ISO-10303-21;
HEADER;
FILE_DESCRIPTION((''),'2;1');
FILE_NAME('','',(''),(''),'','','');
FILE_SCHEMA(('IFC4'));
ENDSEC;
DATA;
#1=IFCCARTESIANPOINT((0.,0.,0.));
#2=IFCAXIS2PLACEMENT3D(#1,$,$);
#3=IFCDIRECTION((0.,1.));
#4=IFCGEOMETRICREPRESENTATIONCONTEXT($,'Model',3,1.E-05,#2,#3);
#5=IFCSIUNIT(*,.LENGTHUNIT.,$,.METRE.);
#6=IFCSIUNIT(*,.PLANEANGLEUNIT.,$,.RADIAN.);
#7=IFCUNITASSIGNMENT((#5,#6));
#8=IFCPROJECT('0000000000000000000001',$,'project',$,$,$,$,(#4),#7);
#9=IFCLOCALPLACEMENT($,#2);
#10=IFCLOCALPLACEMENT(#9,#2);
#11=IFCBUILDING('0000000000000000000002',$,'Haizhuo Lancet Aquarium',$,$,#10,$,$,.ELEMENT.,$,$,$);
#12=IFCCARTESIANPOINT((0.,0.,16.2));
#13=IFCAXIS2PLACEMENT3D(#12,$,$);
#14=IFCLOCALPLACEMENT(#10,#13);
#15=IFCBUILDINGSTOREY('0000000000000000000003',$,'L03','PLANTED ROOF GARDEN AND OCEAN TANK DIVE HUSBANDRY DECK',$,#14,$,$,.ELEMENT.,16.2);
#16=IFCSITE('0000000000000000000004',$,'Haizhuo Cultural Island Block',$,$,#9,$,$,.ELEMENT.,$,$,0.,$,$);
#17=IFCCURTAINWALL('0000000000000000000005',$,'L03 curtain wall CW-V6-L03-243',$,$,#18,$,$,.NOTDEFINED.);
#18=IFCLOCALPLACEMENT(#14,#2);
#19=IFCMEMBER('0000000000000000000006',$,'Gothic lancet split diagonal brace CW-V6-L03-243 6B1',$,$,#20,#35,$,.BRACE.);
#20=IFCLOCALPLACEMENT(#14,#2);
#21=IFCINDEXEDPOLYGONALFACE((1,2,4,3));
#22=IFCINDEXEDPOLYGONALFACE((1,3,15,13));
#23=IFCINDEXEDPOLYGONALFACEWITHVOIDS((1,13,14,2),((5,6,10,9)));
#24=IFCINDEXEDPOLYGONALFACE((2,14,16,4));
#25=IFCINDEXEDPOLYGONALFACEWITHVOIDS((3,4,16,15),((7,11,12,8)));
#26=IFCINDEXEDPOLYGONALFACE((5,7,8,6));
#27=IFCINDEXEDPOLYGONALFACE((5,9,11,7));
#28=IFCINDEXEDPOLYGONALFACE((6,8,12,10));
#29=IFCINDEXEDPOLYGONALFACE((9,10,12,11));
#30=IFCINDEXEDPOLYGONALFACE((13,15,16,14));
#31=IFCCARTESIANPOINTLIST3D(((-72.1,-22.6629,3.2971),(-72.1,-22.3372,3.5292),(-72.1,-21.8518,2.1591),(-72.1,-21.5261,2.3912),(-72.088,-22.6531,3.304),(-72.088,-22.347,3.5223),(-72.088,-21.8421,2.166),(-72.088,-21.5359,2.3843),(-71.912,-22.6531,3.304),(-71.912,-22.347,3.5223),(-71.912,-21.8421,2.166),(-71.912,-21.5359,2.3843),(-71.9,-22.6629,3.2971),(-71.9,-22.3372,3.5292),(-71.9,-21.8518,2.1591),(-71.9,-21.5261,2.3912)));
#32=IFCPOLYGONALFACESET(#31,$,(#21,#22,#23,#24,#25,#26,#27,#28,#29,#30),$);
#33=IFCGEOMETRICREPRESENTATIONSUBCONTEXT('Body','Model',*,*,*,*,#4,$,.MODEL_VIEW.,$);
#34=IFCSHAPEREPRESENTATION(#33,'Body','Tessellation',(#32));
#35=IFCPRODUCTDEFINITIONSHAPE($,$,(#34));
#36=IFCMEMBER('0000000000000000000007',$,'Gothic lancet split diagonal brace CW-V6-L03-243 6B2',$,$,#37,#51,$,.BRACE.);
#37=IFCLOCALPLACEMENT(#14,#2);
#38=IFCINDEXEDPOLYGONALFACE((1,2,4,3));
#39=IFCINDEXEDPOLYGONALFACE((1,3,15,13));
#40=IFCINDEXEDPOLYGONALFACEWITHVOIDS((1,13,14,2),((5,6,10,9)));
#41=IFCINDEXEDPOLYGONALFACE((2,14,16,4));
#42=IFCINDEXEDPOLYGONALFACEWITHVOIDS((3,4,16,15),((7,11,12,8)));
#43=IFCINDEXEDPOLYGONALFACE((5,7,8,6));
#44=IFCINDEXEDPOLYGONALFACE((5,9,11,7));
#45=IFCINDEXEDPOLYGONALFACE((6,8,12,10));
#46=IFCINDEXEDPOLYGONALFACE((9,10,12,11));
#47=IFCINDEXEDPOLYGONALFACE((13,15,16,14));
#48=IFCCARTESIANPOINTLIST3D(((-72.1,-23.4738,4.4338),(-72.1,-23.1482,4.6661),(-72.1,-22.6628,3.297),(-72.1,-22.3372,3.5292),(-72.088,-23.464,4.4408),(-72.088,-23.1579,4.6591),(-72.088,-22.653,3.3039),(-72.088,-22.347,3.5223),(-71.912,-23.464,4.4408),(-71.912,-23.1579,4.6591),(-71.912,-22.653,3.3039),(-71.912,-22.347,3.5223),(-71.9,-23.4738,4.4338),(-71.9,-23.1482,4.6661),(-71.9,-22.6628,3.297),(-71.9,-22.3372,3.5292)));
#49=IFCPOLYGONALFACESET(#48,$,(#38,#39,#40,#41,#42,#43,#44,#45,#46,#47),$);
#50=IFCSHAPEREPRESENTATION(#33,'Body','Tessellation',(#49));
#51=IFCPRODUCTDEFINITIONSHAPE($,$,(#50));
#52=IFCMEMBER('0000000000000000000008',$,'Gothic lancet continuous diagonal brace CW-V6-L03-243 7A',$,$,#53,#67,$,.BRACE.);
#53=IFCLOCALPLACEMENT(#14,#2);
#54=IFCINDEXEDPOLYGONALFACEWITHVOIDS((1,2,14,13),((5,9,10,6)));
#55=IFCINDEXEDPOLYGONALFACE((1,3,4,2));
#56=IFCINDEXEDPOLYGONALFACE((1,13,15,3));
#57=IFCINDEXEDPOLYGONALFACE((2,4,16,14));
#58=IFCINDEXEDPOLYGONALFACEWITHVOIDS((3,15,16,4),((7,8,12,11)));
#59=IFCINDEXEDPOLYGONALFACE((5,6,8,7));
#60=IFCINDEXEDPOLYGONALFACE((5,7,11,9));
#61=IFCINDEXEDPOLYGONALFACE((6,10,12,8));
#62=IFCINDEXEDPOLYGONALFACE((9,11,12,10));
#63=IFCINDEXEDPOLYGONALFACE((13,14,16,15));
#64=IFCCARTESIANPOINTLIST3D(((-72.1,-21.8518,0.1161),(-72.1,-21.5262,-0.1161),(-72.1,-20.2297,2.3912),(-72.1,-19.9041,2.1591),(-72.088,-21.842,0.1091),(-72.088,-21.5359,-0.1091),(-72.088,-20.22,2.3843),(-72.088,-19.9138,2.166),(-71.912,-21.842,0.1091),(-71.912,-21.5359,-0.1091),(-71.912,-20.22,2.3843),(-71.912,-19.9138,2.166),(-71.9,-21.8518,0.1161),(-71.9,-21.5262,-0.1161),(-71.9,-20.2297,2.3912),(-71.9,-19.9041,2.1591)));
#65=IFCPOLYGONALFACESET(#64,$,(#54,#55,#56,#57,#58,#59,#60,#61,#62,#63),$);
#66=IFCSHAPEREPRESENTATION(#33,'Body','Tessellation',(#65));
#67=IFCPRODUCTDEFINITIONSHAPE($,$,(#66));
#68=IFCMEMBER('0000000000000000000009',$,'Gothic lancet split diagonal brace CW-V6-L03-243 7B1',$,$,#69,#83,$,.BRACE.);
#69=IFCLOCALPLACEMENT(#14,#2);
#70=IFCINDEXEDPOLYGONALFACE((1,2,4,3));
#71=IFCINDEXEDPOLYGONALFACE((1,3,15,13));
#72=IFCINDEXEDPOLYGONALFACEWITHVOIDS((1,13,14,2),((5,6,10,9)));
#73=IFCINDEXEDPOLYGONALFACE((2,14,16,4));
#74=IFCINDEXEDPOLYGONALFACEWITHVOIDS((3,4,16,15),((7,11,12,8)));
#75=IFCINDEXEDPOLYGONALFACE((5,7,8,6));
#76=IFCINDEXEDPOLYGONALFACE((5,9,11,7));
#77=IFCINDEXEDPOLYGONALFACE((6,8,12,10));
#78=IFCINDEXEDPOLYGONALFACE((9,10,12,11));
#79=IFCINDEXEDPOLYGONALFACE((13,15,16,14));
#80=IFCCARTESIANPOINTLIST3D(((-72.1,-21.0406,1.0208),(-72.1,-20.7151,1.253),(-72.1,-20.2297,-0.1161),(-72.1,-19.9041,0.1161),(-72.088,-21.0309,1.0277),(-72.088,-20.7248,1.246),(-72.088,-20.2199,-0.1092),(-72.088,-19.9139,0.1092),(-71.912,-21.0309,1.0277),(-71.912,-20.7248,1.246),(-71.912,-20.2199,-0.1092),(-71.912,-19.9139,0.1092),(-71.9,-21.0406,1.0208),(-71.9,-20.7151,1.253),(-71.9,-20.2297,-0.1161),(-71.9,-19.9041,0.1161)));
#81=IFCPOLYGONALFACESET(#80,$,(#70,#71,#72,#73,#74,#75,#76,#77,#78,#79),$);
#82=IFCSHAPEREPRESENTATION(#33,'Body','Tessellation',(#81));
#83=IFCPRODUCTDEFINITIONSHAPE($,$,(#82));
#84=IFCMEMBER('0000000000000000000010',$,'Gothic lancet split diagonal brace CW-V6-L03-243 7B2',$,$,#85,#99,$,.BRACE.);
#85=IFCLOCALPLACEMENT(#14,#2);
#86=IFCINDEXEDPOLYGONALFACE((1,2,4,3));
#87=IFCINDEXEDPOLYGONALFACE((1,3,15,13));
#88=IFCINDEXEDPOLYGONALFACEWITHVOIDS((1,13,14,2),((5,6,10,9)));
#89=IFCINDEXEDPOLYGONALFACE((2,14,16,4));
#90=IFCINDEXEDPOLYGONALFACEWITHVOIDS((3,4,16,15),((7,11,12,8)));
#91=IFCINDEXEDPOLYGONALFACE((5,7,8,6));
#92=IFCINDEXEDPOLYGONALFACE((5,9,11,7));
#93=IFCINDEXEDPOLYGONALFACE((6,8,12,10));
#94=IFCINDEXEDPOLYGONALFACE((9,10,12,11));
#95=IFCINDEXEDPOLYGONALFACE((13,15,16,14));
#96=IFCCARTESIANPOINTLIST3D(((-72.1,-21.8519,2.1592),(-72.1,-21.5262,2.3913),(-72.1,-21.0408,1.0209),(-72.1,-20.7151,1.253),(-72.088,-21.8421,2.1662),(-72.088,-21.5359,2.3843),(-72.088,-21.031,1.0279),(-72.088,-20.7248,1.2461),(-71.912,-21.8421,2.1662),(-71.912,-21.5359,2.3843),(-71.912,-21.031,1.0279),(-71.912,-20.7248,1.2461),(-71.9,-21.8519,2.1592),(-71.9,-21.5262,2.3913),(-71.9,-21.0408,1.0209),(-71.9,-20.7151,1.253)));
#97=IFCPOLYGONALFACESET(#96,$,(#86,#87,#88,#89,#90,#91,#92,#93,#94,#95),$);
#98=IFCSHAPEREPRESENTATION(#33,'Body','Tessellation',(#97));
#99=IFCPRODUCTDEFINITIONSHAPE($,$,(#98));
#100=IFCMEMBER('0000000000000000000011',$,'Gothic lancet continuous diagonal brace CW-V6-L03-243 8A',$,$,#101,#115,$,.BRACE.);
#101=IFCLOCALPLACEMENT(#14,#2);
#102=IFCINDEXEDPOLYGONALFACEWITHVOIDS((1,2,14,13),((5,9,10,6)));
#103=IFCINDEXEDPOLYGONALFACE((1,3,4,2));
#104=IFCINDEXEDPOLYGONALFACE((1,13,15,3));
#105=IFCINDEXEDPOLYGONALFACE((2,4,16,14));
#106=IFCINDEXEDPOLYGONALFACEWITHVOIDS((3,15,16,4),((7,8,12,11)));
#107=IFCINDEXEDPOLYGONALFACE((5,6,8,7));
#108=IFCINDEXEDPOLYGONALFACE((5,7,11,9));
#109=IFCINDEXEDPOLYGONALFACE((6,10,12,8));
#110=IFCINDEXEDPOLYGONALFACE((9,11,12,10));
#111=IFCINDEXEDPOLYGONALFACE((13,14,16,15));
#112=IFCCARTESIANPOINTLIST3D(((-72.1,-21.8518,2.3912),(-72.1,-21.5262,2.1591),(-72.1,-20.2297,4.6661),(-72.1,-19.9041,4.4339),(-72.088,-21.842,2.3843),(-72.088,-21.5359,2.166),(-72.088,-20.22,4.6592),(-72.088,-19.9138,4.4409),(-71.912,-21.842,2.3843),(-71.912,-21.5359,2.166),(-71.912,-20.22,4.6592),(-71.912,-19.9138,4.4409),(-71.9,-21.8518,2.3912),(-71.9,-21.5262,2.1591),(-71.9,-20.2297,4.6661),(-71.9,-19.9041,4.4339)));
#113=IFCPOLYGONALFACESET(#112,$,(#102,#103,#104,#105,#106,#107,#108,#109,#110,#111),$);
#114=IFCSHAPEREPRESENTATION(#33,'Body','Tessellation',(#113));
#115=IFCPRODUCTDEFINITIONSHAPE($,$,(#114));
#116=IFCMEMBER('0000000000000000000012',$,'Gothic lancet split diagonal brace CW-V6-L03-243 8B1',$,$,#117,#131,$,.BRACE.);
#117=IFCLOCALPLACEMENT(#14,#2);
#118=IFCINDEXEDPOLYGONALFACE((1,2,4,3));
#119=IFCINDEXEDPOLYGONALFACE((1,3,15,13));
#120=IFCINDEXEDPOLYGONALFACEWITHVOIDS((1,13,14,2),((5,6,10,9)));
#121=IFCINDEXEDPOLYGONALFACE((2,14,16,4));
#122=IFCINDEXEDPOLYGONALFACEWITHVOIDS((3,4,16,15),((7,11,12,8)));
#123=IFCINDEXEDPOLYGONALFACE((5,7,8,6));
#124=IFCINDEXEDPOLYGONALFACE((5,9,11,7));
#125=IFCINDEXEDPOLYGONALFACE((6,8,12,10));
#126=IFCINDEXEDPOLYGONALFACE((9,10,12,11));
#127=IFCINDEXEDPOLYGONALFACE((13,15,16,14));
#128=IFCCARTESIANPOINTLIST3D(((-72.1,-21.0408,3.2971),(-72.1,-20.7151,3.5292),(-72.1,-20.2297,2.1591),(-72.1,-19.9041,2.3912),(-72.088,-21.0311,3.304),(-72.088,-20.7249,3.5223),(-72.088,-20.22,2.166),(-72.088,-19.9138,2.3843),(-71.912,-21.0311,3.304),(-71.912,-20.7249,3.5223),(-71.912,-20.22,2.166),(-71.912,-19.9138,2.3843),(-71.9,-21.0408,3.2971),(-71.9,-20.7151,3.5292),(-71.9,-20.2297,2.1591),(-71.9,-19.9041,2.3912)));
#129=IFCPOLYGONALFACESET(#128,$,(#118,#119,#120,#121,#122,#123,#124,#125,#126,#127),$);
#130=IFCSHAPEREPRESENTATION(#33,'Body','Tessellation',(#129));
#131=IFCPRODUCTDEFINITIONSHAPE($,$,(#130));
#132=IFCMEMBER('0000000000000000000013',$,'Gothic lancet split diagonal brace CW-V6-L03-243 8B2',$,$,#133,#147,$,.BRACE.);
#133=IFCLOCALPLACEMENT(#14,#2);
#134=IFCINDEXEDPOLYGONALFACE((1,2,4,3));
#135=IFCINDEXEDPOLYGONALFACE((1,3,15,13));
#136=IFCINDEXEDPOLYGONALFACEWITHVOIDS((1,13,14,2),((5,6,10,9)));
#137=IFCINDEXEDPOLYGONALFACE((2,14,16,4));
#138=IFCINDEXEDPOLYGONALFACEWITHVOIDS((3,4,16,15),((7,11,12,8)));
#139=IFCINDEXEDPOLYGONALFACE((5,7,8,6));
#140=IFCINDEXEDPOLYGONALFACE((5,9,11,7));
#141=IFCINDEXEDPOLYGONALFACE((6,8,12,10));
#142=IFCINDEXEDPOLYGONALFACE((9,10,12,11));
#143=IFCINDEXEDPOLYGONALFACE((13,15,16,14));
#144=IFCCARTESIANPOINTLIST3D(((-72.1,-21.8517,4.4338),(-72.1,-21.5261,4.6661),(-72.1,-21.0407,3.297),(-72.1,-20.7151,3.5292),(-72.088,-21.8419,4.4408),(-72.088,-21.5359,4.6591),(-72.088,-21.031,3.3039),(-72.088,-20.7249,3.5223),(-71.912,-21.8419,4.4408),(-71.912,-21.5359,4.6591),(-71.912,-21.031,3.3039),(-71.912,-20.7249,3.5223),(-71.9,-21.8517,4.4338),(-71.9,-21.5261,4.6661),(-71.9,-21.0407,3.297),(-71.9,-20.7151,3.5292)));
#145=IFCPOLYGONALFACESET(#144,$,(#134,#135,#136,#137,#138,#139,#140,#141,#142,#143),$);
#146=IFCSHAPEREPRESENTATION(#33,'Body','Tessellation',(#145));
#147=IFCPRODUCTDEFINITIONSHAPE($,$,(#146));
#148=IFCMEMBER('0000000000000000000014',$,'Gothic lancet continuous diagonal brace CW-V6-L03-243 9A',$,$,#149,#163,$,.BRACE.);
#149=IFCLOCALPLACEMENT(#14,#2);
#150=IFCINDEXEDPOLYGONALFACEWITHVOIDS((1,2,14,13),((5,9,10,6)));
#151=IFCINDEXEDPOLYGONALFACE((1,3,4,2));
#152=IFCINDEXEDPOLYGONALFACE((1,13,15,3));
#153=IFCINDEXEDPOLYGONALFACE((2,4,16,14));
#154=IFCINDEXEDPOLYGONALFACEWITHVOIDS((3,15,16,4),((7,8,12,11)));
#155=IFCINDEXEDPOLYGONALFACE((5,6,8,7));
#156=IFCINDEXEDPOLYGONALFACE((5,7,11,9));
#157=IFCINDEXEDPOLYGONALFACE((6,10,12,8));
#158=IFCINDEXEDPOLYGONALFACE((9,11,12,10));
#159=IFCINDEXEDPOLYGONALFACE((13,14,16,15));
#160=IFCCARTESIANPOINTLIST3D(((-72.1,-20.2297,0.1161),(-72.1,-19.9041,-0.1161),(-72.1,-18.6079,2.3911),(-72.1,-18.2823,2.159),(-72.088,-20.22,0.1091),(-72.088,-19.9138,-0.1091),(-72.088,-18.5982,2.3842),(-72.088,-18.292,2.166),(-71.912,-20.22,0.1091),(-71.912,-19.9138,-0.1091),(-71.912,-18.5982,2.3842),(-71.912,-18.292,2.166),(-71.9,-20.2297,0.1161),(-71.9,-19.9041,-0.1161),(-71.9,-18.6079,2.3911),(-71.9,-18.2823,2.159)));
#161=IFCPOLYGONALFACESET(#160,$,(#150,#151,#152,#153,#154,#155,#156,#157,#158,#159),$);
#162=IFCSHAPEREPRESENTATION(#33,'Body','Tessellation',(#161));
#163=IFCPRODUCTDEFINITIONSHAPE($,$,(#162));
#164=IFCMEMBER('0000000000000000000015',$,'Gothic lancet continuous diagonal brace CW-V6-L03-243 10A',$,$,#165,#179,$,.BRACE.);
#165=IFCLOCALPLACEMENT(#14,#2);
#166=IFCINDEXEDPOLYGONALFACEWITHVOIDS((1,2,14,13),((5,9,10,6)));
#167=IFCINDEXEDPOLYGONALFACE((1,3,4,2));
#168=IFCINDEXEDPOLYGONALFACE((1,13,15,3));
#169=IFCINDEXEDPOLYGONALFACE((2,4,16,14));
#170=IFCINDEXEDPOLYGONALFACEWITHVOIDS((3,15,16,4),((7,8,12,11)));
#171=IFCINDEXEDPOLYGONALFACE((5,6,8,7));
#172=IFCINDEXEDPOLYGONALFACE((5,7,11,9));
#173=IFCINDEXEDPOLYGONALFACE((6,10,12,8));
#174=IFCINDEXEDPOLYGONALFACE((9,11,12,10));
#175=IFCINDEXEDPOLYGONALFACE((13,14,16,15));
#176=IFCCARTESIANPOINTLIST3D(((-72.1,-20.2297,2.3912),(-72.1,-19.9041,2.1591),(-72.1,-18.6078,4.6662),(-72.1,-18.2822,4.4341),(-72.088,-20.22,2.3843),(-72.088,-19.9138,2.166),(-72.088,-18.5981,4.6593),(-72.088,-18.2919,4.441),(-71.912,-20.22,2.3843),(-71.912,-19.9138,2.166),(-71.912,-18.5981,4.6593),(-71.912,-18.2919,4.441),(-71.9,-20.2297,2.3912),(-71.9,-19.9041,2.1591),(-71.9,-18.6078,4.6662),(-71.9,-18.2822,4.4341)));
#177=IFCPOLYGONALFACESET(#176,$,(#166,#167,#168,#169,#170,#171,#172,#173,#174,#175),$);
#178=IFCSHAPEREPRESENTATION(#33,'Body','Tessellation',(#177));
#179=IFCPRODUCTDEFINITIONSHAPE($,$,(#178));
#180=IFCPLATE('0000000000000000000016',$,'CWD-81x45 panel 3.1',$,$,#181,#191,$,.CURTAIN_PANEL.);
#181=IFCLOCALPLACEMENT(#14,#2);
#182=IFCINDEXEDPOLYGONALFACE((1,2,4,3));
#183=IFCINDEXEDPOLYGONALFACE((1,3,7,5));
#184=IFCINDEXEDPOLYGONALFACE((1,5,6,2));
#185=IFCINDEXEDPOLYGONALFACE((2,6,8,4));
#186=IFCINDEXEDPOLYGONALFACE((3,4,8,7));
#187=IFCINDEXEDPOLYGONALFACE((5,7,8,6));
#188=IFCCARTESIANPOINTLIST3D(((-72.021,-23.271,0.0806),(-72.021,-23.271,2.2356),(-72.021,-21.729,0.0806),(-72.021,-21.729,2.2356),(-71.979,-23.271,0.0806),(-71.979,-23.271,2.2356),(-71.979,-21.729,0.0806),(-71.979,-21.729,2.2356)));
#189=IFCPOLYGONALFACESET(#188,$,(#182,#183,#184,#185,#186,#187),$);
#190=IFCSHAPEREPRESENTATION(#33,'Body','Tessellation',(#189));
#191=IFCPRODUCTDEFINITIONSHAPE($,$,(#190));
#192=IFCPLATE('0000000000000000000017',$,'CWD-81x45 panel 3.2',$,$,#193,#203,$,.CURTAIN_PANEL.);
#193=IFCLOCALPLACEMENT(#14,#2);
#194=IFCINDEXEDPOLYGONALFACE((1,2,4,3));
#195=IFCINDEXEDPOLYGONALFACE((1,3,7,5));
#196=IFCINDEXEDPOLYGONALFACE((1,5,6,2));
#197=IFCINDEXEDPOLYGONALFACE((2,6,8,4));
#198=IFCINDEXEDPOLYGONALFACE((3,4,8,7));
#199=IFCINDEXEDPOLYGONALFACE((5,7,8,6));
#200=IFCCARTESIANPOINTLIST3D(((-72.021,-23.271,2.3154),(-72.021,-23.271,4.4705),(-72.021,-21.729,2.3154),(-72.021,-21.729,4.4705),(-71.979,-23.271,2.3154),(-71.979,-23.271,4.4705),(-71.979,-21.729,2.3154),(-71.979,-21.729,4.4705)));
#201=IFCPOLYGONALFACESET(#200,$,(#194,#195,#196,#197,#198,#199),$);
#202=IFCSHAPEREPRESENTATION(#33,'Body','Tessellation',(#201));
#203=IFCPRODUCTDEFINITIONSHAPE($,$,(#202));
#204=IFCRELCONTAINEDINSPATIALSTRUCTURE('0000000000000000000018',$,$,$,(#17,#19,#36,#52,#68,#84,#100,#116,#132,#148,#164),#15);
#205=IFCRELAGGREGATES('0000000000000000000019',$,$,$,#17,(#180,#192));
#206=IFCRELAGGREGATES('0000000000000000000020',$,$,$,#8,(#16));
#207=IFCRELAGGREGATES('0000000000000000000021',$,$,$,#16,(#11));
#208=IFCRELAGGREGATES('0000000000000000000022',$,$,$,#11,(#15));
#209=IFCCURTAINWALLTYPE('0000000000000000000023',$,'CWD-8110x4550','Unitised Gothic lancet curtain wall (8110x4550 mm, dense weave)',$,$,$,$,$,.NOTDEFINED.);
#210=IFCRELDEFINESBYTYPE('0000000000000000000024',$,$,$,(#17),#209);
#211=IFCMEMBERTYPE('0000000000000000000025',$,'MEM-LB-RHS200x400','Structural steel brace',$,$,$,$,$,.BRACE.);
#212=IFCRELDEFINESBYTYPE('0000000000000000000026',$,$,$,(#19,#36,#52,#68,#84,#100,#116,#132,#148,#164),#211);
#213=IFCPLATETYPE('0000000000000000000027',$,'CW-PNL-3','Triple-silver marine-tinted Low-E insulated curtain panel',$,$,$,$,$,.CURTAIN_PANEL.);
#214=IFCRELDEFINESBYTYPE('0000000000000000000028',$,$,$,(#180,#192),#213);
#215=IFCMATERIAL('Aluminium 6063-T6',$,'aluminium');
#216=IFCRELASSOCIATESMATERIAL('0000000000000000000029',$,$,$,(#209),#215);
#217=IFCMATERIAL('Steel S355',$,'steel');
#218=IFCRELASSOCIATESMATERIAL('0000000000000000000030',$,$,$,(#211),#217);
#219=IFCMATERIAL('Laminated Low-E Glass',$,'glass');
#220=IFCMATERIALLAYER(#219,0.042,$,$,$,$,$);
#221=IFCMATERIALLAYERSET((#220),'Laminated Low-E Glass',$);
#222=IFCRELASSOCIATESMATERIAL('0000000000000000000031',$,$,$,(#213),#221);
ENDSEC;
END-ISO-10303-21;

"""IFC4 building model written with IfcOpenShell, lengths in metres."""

from ifc_helpers import new_model, si_unit, direction, frame, origin, origin_2d, place, context, subcontext, project, spatial, rectangle, hollow_rectangle, extrude, material, layer, layer_set, material_profile, profile_set, type_object, element, aggregate, save


model = new_model("IFC4")

# Units and contexts
model_context = context("Model", 3, precision=1e-05, world=origin(), true_north=direction((0.0, 1.0)))
body_context = subcontext(model_context, "Body", "Model", "MODEL_VIEW")
ifc_project = project(units=[si_unit("LENGTHUNIT", "METRE"), si_unit("PLANEANGLEUNIT", "RADIAN")], contexts=[model_context])

# Site, building, storey
site_placement = place(None, origin())
site = spatial("IfcSite", under=ifc_project, at=site_placement, Name="Haizhuo Cultural Island Block", CompositionType="ELEMENT", RefElevation=0.0)
building_placement = place(site_placement, origin())
building = spatial("IfcBuilding", under=site, at=building_placement, Name="Haizhuo Lancet Aquarium", CompositionType="ELEMENT")
storey_placement = place(building_placement, frame((0.0, 0.0, 16.2)))
storey = spatial("IfcBuildingStorey", under=building, at=storey_placement, Name="L03", Description="PLANTED ROOF GARDEN AND OCEAN TANK DIVE HUSBANDRY DECK", CompositionType="ELEMENT", Elevation=16.2)

# Curtain wall
ifc_material_1 = material(Name="Aluminium 6063-T6", Category="aluminium")
curtain_wall_type = type_object("IfcCurtainWallType", Name="CWD-8110x4550", Description="Unitised Gothic lancet curtain wall (8110x4550 mm, dense weave)", PredefinedType="NOTDEFINED", material=ifc_material_1)
curtain_wall_placement = place(storey_placement, origin())
curtain_wall = element("IfcCurtainWall", 1, at=curtain_wall_placement, inside=storey, type_object=curtain_wall_type, Name="L03 curtain wall CW-V6-L03-243", PredefinedType="NOTDEFINED")

# Members
ifc_material_2 = material(Name="Steel S355", Category="steel")
ifc_material_profile_1 = material_profile(ifc_material_2, hollow_rectangle(XDim=0.2, YDim=0.3999, WallThickness=0.012, at=origin_2d()), Name="RHS 200x400x12")
ifc_profile_set_1 = profile_set([ifc_material_profile_1], Name="Steel S355")
member_type_1 = type_object("IfcMemberType", Name="MEM-LB-RHS200x400", Description="Structural steel brace", PredefinedType="BRACE", material=ifc_profile_set_1)
member_1_placement = place(storey_placement, frame((-72.0, -21.689, 2.2751), z_axis=(0.0, -0.580395, 0.814335), x_axis=(1.0, 0.0, 0.0)))
element("IfcMember", 2, at=member_1_placement, inside=storey, type_object=member_type_1, Name="Gothic lancet split diagonal brace CW-V6-L03-243 6B1", PredefinedType="BRACE", context=body_context, shape_type="SweptSolid", body=[
    extrude(hollow_rectangle(XDim=0.2, YDim=0.3999, WallThickness=0.012, at=origin_2d()), origin(), (0.0, 0.0, 1.0), 1.3975),
])
member_2_placement = place(storey_placement, frame((-72.0, -22.5, 3.4131), z_axis=(0.0, -0.580725, 0.814099), x_axis=(1.0, 0.0, 0.0)))
element("IfcMember", 3, at=member_2_placement, inside=storey, type_object=member_type_1, Name="Gothic lancet split diagonal brace CW-V6-L03-243 6B2", PredefinedType="BRACE", context=body_context, shape_type="SweptSolid", body=[
    extrude(hollow_rectangle(XDim=0.2, YDim=0.3999, WallThickness=0.012, at=origin_2d()), origin(), (0.0, 0.0, 1.0), 1.3965),
])
member_3_placement = place(storey_placement, frame((-72.0, -21.689, 0.0), z_axis=(0.0, 0.580519, 0.814247), x_axis=(-1.0, 0.0, 0.0)))
element("IfcMember", 4, at=member_3_placement, inside=storey, type_object=member_type_1, Name="Gothic lancet continuous diagonal brace CW-V6-L03-243 7A", PredefinedType="BRACE", context=body_context, shape_type="SweptSolid", body=[
    extrude(hollow_rectangle(XDim=0.2, YDim=0.3999, WallThickness=0.012, at=origin_2d()), origin(), (0.0, 0.0, 1.0), 2.7942),
])
member_4_placement = place(storey_placement, frame((-72.0, -20.0669, 0.0), z_axis=(0.0, -0.580725, 0.814099), x_axis=(1.0, 0.0, 0.0)))
element("IfcMember", 5, at=member_4_placement, inside=storey, type_object=member_type_1, Name="Gothic lancet split diagonal brace CW-V6-L03-243 7B1", PredefinedType="BRACE", context=body_context, shape_type="SweptSolid", body=[
    extrude(hollow_rectangle(XDim=0.2, YDim=0.3999, WallThickness=0.012, at=origin_2d()), origin(), (0.0, 0.0, 1.0), 1.3965),
])
member_5_placement = place(storey_placement, frame((-72.0, -20.8779, 1.137), z_axis=(0.0, -0.580312, 0.814394), x_axis=(1.0, 0.0, 0.0)))
element("IfcMember", 6, at=member_5_placement, inside=storey, type_object=member_type_1, Name="Gothic lancet split diagonal brace CW-V6-L03-243 7B2", PredefinedType="BRACE", context=body_context, shape_type="SweptSolid", body=[
    extrude(hollow_rectangle(XDim=0.2, YDim=0.3999, WallThickness=0.012, at=origin_2d()), origin(), (0.0, 0.0, 1.0), 1.3977),
])
member_6_placement = place(storey_placement, frame((-72.0, -21.689, 2.2751), z_axis=(0.0, 0.58056, 0.814217), x_axis=(-1.0, 0.0, 0.0)))
element("IfcMember", 7, at=member_6_placement, inside=storey, type_object=member_type_1, Name="Gothic lancet continuous diagonal brace CW-V6-L03-243 8A", PredefinedType="BRACE", context=body_context, shape_type="SweptSolid", body=[
    extrude(hollow_rectangle(XDim=0.2, YDim=0.3999, WallThickness=0.012, at=origin_2d()), origin(), (0.0, 0.0, 1.0), 2.7939),
])
member_7_placement = place(storey_placement, frame((-72.0, -20.0669, 2.2751), z_axis=(0.0, -0.580395, 0.814335), x_axis=(1.0, 0.0, 0.0)))
element("IfcMember", 8, at=member_7_placement, inside=storey, type_object=member_type_1, Name="Gothic lancet split diagonal brace CW-V6-L03-243 8B1", PredefinedType="BRACE", context=body_context, shape_type="SweptSolid", body=[
    extrude(hollow_rectangle(XDim=0.2, YDim=0.3999, WallThickness=0.012, at=origin_2d()), origin(), (0.0, 0.0, 1.0), 1.3975),
])
member_8_placement = place(storey_placement, frame((-72.0, -20.8779, 3.4131), z_axis=(0.0, -0.580725, 0.814099), x_axis=(1.0, 0.0, 0.0)))
element("IfcMember", 9, at=member_8_placement, inside=storey, type_object=member_type_1, Name="Gothic lancet split diagonal brace CW-V6-L03-243 8B2", PredefinedType="BRACE", context=body_context, shape_type="SweptSolid", body=[
    extrude(hollow_rectangle(XDim=0.2, YDim=0.3999, WallThickness=0.012, at=origin_2d()), origin(), (0.0, 0.0, 1.0), 1.3965),
])
for number, where, z_axis, x_axis, name in (
    (10, (-72.0, -20.0669, 0.0), (0.0, 0.580461, 0.814288), (-1.0, 0.0, 0.0), "Gothic lancet continuous diagonal brace CW-V6-L03-243 9A"),
    (11, (-72.0, -20.0669, 2.2751), (0.0, 0.580502, 0.814259), (-1.0, 0.0, 0.0), "Gothic lancet continuous diagonal brace CW-V6-L03-243 10A"),
):
    element("IfcMember", number, at=place(storey_placement, frame(where, z_axis=z_axis, x_axis=x_axis)), inside=storey, type_object=member_type_1, Name=name, PredefinedType="BRACE", context=body_context, shape_type="SweptSolid", body=[
        extrude(hollow_rectangle(XDim=0.2, YDim=0.3999, WallThickness=0.012, at=origin_2d()), origin(), (0.0, 0.0, 1.0), 2.7939),
    ])

# Plates
ifc_material_3 = material(Name="Laminated Low-E Glass", Category="glass")
ifc_layer = layer(ifc_material_3, 0.042)
ifc_layer_set = layer_set([ifc_layer], Name="Laminated Low-E Glass")
plate_type = type_object("IfcPlateType", Name="CW-PNL-3", Description="Triple-silver marine-tinted Low-E insulated curtain panel", PredefinedType="CURTAIN_PANEL", material=ifc_layer_set)
plate_1_placement = place(storey_placement, frame((-72.0, -22.5, 0.0806), z_axis=(0.0, 0.0, 1.0), x_axis=(0.0, 1.0, 0.0)))
plate_1 = element("IfcPlate", 12, at=plate_1_placement, type_object=plate_type, Name="CWD-81x45 panel 3.1", PredefinedType="CURTAIN_PANEL", context=body_context, shape_type="SweptSolid", body=[
    extrude(rectangle(XDim=1.542, YDim=0.042, at=origin_2d()), origin(), (0.0, 0.0, 1.0), 2.155),
])
plate_2_placement = place(storey_placement, frame((-72.0, -22.5, 2.3154), z_axis=(0.0, 0.0, 1.0), x_axis=(0.0, 1.0, 0.0)))
plate_2 = element("IfcPlate", 13, at=plate_2_placement, type_object=plate_type, Name="CWD-81x45 panel 3.2", PredefinedType="CURTAIN_PANEL", context=body_context, shape_type="SweptSolid", body=[
    extrude(rectangle(XDim=1.542, YDim=0.042, at=origin_2d()), origin(), (0.0, 0.0, 1.0), 2.155),
])
aggregate(curtain_wall, [plate_1, plate_2])

save(model, "model.ifc")
